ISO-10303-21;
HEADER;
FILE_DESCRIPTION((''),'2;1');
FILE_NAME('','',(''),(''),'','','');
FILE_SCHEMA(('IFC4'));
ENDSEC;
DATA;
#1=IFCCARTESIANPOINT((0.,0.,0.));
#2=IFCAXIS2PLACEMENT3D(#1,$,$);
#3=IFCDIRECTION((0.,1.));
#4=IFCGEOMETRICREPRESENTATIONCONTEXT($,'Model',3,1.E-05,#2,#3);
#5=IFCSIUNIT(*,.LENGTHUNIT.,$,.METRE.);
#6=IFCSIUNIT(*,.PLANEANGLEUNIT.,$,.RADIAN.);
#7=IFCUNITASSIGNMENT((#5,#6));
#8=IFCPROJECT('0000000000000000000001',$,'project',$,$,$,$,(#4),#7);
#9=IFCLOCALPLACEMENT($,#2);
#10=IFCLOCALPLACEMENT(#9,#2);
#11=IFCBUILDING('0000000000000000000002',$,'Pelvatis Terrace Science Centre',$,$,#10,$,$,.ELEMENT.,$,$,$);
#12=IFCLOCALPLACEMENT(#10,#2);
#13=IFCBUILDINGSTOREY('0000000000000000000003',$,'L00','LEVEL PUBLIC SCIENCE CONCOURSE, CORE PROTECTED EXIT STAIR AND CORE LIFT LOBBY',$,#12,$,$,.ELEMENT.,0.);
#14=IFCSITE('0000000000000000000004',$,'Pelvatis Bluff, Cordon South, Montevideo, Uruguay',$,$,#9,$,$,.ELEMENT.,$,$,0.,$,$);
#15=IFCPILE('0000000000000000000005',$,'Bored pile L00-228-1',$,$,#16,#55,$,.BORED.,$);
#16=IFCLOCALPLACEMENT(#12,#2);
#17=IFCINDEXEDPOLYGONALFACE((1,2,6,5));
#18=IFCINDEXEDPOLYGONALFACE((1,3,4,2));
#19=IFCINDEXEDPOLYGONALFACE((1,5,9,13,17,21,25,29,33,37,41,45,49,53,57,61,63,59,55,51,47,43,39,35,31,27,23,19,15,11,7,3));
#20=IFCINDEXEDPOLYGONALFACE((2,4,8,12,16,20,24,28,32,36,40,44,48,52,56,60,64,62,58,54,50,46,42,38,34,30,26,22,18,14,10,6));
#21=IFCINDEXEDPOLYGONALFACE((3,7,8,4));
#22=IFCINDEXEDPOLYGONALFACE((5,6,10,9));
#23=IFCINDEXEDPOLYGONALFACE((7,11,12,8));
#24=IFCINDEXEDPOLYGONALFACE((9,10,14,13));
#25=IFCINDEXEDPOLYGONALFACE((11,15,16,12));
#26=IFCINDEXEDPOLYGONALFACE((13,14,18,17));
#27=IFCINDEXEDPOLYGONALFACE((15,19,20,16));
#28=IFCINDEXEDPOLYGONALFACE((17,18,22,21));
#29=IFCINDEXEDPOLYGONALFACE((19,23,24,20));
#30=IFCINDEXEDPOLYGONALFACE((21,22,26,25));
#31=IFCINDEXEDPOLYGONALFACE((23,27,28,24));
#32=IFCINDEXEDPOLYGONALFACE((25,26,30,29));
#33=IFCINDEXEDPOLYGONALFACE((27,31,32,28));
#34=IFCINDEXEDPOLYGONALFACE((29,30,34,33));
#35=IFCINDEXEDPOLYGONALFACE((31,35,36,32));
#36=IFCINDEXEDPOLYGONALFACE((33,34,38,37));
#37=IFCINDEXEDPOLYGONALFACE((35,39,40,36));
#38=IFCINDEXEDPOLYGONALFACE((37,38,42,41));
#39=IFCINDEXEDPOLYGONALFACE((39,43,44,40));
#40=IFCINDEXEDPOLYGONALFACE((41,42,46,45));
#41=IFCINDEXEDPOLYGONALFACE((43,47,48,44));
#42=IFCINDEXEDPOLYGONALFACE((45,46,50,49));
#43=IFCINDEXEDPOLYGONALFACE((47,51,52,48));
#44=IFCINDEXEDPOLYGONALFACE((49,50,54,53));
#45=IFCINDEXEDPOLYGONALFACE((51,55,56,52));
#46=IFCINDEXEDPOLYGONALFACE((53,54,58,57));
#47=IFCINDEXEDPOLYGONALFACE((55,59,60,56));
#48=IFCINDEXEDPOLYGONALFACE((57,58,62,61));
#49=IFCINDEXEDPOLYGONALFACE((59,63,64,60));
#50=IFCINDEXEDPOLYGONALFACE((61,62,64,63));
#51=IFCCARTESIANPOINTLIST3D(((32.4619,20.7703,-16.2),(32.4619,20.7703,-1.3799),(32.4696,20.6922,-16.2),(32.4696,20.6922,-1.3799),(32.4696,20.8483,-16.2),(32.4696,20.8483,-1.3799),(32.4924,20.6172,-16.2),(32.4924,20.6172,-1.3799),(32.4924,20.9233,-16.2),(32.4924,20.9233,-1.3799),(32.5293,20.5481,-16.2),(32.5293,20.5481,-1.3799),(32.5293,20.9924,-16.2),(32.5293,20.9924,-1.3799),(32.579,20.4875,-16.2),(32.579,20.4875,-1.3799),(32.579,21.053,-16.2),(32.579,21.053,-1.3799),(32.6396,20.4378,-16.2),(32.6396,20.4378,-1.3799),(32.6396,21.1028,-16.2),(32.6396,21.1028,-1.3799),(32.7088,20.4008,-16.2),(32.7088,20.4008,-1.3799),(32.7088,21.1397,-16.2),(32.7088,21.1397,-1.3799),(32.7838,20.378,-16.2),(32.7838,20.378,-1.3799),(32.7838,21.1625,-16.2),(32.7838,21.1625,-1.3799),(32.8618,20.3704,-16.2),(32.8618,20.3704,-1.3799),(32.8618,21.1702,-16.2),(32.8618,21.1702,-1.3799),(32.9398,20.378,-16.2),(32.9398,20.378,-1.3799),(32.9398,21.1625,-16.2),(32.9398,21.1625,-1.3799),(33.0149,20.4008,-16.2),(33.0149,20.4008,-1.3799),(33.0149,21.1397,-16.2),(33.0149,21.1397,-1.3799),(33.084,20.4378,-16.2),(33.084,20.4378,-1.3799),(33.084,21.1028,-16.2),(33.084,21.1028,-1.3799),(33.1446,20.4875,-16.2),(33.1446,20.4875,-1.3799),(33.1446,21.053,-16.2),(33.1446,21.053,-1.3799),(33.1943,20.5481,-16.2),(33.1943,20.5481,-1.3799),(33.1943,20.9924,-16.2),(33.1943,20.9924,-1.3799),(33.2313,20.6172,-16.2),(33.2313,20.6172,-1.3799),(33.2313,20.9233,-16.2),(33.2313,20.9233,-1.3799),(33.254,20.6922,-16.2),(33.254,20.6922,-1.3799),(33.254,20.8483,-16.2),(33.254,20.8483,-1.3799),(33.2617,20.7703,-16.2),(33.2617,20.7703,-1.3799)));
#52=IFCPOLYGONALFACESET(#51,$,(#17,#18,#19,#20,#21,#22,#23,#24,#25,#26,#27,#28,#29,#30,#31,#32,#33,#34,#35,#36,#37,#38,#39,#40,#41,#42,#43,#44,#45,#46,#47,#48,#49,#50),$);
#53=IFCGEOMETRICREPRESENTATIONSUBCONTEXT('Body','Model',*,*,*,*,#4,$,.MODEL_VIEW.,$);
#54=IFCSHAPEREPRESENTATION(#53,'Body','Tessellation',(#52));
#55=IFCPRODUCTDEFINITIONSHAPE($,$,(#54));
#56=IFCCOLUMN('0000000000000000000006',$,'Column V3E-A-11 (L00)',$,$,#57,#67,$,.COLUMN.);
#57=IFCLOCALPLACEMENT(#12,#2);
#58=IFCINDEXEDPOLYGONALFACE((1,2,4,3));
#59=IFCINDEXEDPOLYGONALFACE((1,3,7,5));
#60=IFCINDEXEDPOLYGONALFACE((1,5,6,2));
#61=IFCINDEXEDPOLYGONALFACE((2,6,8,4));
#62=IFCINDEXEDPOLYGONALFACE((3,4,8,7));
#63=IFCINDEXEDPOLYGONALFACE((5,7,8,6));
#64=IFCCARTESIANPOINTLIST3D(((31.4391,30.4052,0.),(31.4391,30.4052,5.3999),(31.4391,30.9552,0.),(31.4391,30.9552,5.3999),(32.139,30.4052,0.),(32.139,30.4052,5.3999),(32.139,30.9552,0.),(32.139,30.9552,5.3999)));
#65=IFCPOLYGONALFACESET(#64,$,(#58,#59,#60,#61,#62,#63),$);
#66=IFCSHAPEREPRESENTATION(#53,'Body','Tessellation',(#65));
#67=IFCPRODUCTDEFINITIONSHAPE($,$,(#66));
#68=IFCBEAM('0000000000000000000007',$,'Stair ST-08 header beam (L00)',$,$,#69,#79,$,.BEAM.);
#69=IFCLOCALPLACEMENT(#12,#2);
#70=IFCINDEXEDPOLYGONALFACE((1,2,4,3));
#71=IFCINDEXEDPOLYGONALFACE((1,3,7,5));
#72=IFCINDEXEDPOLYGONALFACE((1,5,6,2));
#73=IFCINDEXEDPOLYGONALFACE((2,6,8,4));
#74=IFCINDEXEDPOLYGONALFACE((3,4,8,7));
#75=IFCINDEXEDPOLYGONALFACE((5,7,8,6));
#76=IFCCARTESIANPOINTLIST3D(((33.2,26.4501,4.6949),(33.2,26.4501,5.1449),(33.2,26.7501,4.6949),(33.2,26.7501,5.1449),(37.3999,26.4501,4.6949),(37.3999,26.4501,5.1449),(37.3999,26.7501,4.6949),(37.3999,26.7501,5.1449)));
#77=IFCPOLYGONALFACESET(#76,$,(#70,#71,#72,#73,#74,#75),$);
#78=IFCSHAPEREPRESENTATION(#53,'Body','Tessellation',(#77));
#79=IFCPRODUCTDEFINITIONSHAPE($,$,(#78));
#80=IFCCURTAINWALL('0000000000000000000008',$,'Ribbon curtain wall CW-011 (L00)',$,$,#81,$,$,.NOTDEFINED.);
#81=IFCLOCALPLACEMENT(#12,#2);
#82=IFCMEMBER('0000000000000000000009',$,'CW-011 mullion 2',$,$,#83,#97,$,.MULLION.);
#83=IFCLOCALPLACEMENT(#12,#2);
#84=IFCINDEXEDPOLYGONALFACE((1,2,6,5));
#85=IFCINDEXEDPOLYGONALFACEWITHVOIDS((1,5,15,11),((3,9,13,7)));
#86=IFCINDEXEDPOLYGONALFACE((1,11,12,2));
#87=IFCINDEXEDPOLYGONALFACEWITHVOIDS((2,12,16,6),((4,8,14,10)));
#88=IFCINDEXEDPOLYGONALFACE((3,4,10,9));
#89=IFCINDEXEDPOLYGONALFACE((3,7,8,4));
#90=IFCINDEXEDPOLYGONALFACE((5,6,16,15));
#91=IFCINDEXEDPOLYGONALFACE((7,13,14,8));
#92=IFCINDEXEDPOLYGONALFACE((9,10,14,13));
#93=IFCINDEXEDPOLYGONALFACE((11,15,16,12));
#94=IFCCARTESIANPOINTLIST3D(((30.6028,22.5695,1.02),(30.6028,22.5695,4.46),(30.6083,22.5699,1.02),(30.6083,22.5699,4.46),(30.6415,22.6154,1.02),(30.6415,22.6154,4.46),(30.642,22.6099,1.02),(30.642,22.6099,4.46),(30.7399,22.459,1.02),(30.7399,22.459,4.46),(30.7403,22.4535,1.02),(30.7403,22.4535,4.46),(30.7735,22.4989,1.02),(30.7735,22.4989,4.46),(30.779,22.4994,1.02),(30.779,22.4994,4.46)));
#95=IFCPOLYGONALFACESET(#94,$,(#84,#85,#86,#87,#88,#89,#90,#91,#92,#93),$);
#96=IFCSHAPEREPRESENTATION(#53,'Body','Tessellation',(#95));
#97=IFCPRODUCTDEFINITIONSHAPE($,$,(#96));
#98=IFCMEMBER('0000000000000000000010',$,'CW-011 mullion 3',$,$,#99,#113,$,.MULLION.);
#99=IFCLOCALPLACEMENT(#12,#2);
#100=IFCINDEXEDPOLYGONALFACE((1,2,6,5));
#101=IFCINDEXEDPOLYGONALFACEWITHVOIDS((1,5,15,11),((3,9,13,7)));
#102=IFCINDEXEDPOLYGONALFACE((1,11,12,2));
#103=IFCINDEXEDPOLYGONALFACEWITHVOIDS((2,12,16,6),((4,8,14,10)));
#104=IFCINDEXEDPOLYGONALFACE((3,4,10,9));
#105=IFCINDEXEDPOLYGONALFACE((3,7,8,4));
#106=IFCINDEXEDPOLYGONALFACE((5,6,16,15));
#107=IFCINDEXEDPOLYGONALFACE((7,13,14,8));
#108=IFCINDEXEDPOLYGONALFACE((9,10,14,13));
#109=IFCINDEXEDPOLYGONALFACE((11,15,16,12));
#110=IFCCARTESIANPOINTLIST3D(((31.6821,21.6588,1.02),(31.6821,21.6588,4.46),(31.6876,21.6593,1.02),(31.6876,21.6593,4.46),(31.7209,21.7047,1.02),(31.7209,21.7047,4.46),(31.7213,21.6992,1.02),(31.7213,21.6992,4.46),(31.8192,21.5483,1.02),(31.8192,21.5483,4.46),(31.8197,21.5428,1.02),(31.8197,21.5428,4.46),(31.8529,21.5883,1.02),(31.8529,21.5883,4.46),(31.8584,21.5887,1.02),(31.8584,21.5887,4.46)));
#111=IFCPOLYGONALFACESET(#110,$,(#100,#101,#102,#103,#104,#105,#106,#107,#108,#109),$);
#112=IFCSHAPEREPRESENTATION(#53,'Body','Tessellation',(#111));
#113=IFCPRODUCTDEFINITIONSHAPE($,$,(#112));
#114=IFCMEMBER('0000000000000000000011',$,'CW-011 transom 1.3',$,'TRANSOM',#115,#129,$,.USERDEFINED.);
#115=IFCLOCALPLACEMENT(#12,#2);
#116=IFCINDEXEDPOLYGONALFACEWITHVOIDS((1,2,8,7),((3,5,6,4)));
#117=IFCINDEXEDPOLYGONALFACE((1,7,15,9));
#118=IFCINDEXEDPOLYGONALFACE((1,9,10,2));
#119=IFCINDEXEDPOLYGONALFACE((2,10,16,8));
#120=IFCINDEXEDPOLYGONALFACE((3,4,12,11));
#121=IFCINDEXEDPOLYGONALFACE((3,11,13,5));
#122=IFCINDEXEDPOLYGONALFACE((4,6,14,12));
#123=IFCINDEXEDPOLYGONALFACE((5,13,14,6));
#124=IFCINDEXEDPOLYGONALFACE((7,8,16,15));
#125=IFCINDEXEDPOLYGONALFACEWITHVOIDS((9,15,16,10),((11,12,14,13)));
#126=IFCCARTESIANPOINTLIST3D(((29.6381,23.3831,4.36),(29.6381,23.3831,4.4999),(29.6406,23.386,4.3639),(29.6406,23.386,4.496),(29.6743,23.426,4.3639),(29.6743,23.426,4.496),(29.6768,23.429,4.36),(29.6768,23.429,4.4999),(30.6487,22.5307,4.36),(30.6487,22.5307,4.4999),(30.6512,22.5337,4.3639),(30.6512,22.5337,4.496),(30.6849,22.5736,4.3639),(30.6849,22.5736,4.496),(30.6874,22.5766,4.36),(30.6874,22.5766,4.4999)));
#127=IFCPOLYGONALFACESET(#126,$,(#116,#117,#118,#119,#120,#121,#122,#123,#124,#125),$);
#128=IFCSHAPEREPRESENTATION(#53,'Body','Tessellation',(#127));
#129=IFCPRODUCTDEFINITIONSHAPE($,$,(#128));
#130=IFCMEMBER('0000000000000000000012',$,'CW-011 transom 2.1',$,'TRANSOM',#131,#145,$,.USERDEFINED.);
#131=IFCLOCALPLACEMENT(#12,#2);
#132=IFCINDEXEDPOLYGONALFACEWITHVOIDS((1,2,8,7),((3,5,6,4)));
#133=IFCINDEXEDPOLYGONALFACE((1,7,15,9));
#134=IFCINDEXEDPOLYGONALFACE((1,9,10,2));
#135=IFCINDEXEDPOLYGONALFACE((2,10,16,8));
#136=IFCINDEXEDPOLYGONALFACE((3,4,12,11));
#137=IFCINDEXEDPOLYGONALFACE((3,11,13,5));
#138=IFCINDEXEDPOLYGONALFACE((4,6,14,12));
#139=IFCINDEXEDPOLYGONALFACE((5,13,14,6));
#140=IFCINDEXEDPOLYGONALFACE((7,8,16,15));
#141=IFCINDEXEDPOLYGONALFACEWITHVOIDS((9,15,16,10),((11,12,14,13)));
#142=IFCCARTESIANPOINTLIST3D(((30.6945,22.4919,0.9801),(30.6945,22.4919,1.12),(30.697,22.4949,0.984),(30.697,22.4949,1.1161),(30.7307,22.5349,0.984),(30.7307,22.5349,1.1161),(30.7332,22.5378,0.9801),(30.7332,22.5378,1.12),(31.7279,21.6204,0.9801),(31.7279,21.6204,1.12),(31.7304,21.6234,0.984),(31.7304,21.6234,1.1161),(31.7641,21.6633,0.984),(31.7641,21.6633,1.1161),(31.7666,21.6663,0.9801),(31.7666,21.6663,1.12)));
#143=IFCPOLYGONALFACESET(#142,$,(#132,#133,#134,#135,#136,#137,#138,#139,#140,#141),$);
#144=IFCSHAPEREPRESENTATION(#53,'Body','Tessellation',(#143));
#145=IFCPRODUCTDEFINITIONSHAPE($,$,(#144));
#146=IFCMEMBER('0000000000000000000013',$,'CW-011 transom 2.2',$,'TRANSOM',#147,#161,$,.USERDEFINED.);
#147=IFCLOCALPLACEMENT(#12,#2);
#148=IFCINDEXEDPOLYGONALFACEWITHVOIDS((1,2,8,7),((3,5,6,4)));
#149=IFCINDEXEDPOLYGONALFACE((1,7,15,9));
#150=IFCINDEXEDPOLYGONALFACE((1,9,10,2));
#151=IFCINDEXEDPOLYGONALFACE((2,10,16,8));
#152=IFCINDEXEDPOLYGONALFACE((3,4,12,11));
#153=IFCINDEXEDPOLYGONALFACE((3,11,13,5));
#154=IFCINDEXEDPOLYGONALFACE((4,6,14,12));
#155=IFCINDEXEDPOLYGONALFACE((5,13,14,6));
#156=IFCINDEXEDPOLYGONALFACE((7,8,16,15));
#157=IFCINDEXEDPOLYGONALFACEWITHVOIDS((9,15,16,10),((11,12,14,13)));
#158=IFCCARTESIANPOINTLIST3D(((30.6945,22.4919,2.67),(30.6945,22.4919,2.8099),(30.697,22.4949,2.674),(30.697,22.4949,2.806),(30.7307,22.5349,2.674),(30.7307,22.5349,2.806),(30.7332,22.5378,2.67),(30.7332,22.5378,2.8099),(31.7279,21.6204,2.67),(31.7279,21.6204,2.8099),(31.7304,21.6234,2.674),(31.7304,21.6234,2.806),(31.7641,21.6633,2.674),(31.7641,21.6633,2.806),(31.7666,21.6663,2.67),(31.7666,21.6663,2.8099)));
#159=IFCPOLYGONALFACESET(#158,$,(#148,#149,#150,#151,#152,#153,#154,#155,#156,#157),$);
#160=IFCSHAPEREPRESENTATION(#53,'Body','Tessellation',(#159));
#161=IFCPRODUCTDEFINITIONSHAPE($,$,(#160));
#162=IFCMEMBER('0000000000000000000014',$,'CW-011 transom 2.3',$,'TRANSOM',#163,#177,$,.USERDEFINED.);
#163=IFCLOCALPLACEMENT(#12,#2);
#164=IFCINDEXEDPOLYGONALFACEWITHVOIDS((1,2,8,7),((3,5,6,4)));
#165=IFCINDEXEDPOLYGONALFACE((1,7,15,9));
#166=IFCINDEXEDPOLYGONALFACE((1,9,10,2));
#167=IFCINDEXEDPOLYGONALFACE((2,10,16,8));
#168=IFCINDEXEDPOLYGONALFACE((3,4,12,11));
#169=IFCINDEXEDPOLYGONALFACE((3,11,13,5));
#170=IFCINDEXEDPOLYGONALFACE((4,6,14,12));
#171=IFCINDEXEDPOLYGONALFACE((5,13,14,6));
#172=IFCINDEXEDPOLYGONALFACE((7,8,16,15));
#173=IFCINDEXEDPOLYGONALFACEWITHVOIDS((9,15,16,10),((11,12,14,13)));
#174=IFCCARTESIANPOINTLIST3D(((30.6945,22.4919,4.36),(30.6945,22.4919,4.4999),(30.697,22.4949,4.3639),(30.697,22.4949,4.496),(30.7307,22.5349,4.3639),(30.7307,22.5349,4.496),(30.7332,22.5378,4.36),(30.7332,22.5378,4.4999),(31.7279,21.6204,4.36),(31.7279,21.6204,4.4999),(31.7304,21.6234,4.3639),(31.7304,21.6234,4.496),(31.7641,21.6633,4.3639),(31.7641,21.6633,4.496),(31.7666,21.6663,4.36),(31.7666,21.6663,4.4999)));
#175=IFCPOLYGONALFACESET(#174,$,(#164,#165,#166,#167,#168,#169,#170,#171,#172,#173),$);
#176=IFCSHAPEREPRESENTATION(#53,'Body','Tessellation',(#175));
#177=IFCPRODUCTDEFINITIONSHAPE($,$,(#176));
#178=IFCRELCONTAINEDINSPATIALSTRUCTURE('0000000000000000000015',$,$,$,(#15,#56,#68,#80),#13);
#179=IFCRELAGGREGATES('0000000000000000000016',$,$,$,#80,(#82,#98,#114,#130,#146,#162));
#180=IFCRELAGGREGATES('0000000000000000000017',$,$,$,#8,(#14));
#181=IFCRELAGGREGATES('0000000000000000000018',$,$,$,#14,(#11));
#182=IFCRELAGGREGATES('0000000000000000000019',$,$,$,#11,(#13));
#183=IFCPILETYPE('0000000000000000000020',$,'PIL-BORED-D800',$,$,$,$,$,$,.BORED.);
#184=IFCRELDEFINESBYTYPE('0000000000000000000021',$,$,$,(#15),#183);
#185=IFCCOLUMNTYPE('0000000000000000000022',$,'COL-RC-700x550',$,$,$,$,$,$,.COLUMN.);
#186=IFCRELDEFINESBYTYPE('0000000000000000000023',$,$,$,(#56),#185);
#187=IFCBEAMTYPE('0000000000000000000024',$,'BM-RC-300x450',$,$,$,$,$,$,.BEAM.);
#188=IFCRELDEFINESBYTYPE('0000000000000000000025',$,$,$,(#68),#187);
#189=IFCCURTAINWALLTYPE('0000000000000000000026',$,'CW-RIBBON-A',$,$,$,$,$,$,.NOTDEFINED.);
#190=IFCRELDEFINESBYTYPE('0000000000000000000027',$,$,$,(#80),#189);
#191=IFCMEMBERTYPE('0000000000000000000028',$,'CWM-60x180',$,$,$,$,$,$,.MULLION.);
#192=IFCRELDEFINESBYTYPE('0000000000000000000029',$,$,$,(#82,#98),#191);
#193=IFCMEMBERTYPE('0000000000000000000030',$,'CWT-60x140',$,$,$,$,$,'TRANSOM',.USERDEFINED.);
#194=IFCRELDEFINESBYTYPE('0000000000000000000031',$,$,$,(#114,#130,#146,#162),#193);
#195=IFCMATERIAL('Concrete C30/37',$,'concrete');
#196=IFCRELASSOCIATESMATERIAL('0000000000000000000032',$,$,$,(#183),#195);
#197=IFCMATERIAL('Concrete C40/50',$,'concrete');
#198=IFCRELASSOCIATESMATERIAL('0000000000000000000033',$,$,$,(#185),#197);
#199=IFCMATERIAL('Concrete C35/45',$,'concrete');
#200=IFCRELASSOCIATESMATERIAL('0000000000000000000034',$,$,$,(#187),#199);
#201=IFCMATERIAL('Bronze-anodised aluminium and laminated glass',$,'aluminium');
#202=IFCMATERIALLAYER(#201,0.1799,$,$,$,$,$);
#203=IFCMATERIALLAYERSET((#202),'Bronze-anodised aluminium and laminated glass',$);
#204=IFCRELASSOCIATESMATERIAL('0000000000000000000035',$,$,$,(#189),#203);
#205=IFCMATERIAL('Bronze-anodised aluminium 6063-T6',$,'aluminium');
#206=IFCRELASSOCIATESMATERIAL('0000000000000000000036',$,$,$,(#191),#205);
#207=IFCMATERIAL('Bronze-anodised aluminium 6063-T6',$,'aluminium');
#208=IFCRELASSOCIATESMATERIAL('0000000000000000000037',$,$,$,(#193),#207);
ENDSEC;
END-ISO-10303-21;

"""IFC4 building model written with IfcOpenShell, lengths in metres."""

from ifc_helpers import new_model, si_unit, direction, frame, origin, origin_2d, place, context, subcontext, project, spatial, rectangle, hollow_rectangle, circle, extrude, material, layer, layer_set, material_profile, profile_set, type_object, element, aggregate, save


model = new_model("IFC4")

# Units and contexts
model_context = context("Model", 3, precision=1e-05, world=origin(), true_north=direction((0.0, 1.0)))
body_context = subcontext(model_context, "Body", "Model", "MODEL_VIEW")
ifc_project = project(units=[si_unit("LENGTHUNIT", "METRE"), si_unit("PLANEANGLEUNIT", "RADIAN")], contexts=[model_context])

# Site, building, storey
site_placement = place(None, origin())
site = spatial("IfcSite", under=ifc_project, at=site_placement, Name="Pelvatis Bluff, Cordon South, Montevideo, Uruguay", CompositionType="ELEMENT", RefElevation=0.0)
building_placement = place(site_placement, origin())
building = spatial("IfcBuilding", under=site, at=building_placement, Name="Pelvatis Terrace Science Centre", CompositionType="ELEMENT")
storey_placement = place(building_placement, origin())
storey = spatial("IfcBuildingStorey", under=building, at=storey_placement, Name="L00", Description="LEVEL PUBLIC SCIENCE CONCOURSE, CORE PROTECTED EXIT STAIR AND CORE LIFT LOBBY", CompositionType="ELEMENT", Elevation=0.0)

# Pile
ifc_material_1 = material(Name="Concrete C30/37", Category="concrete")
ifc_material_profile_1 = material_profile(ifc_material_1, circle(Radius=0.3999, at=origin_2d()), Name="PILE D800")
ifc_profile_set_1 = profile_set([ifc_material_profile_1], Name="Concrete C30/37")
pile_type = type_object("IfcPileType", Name="PIL-BORED-D800", PredefinedType="BORED", material=ifc_profile_set_1)
pile_placement = place(storey_placement, frame((32.8618, 20.7703, -1.3799), z_axis=(0.0, 0.0, -1.0), x_axis=(1.0, 0.0, 0.0)))
element("IfcPile", 1, at=pile_placement, inside=storey, type_object=pile_type, Name="Bored pile L00-228-1", PredefinedType="BORED", context=body_context, shape_type="SweptSolid", body=[
    extrude(circle(Radius=0.3999, at=origin_2d()), origin(), (0.0, 0.0, 1.0), 14.8201),
])

# Column
ifc_material_2 = material(Name="Concrete C40/50", Category="concrete")
ifc_material_profile_2 = material_profile(ifc_material_2, rectangle(XDim=0.7, YDim=0.55, at=origin_2d()), Name="RC-COL 700x550")
ifc_profile_set_2 = profile_set([ifc_material_profile_2], Name="Concrete C40/50")
column_type = type_object("IfcColumnType", Name="COL-RC-700x550", PredefinedType="COLUMN", material=ifc_profile_set_2)
column_placement = place(storey_placement, frame((31.7891, 30.6802, 0.0), z_axis=(0.0, 0.0, 1.0), x_axis=(1.0, 0.0, 0.0)))
element("IfcColumn", 2, at=column_placement, inside=storey, type_object=column_type, Name="Column V3E-A-11 (L00)", PredefinedType="COLUMN", context=body_context, shape_type="SweptSolid", body=[
    extrude(rectangle(XDim=0.7, YDim=0.55, at=origin_2d()), origin(), (0.0, 0.0, 1.0), 5.3999),
])

# Beam
ifc_material_3 = material(Name="Concrete C35/45", Category="concrete")
ifc_material_profile_3 = material_profile(ifc_material_3, rectangle(XDim=0.3, YDim=0.45, at=origin_2d()), Name="RC-BM 300x450")
ifc_profile_set_3 = profile_set([ifc_material_profile_3], Name="Concrete C35/45")
beam_type_1 = type_object("IfcBeamType", Name="BM-RC-300x450", PredefinedType="BEAM", material=ifc_profile_set_3)
beam_1_placement = place(storey_placement, frame((33.2, 26.6001, 4.9199), z_axis=(1.0, 0.0, 0.0), x_axis=(0.0, 1.0, 0.0)))
element("IfcBeam", 3, at=beam_1_placement, inside=storey, type_object=beam_type_1, Name="Stair ST-08 header beam (L00)", PredefinedType="BEAM", context=body_context, shape_type="SweptSolid", body=[
    extrude(rectangle(XDim=0.3, YDim=0.45, at=origin_2d()), origin(), (0.0, 0.0, 1.0), 4.2),
])

# Curtain wall, members
ifc_material_4 = material(Name="Bronze-anodised aluminium and laminated glass", Category="aluminium")
ifc_layer_1 = layer(ifc_material_4, 0.1799)
ifc_layer_set_1 = layer_set([ifc_layer_1], Name="Bronze-anodised aluminium and laminated glass")
curtain_wall_type = type_object("IfcCurtainWallType", Name="CW-RIBBON-A", PredefinedType="NOTDEFINED", material=ifc_layer_set_1)
curtain_wall_placement = place(storey_placement, origin())
curtain_wall = element("IfcCurtainWall", 4, at=curtain_wall_placement, inside=storey, type_object=curtain_wall_type, Name="Ribbon curtain wall CW-011 (L00)", PredefinedType="NOTDEFINED")
ifc_material_5 = material(Name="Bronze-anodised aluminium 6063-T6", Category="aluminium")
ifc_material_profile_4 = material_profile(ifc_material_5, hollow_rectangle(XDim=0.0601, YDim=0.1799, WallThickness=0.0039, at=origin_2d()), Name="ALU-MUL 60x180")
ifc_profile_set_4 = profile_set([ifc_material_profile_4], Name="Bronze-anodised aluminium 6063-T6")
member_type_1 = type_object("IfcMemberType", Name="CWM-60x180", PredefinedType="MULLION", material=ifc_profile_set_4)
member_1_placement = place(storey_placement, frame((30.6909, 22.5344, 1.02), z_axis=(0.0, 0.0, 1.0), x_axis=(0.644768, 0.764378, 0.0)))
member_1 = element("IfcMember", 5, at=member_1_placement, type_object=member_type_1, Name="CW-011 mullion 2", PredefinedType="MULLION", context=body_context, shape_type="SweptSolid", body=[
    extrude(hollow_rectangle(XDim=0.0601, YDim=0.1799, WallThickness=0.0039, at=origin_2d()), origin(), (0.0, 0.0, 1.0), 3.4399),
])
member_2_placement = place(storey_placement, frame((31.7703, 21.6238, 1.02), z_axis=(0.0, 0.0, 1.0), x_axis=(0.644768, 0.764378, 0.0)))
member_2 = element("IfcMember", 6, at=member_2_placement, type_object=member_type_1, Name="CW-011 mullion 3", PredefinedType="MULLION", context=body_context, shape_type="SweptSolid", body=[
    extrude(hollow_rectangle(XDim=0.0601, YDim=0.1799, WallThickness=0.0039, at=origin_2d()), origin(), (0.0, 0.0, 1.0), 3.4399),
])
ifc_material_6 = material(Name="Bronze-anodised aluminium 6063-T6", Category="aluminium")
ifc_material_profile_5 = material_profile(ifc_material_6, hollow_rectangle(XDim=0.0601, YDim=0.1399, WallThickness=0.0039, at=origin_2d()), Name="ALU-TRN 60x140")
ifc_profile_set_5 = profile_set([ifc_material_profile_5], Name="Bronze-anodised aluminium 6063-T6")
member_type_2 = type_object("IfcMemberType", Name="CWT-60x140", ElementType="TRANSOM", PredefinedType="USERDEFINED", material=ifc_profile_set_5)
member_3_placement = place(storey_placement, frame((29.6575, 23.406, 4.4299), z_axis=(0.764408, -0.644733, 0.0), x_axis=(0.644733, 0.764408, 0.0)))
member_3 = element("IfcMember", 7, at=member_3_placement, type_object=member_type_2, Name="CW-011 transom 1.3", ObjectType="TRANSOM", PredefinedType="USERDEFINED", context=body_context, shape_type="SweptSolid", body=[
    extrude(hollow_rectangle(XDim=0.0601, YDim=0.1399, WallThickness=0.0039, at=origin_2d()), origin(), (0.0, 0.0, 1.0), 1.322),
])
member_4_placement = place(storey_placement, frame((30.7139, 22.5149, 1.05), z_axis=(0.764433, -0.644703, 0.0), x_axis=(0.644703, 0.764433, 0.0)))
member_4 = element("IfcMember", 8, at=member_4_placement, type_object=member_type_2, Name="CW-011 transom 2.1", ObjectType="TRANSOM", PredefinedType="USERDEFINED", context=body_context, shape_type="SweptSolid", body=[
    extrude(hollow_rectangle(XDim=0.0601, YDim=0.1399, WallThickness=0.0039, at=origin_2d()), origin(), (0.0, 0.0, 1.0), 1.3518),
])
member_5_placement = place(storey_placement, frame((30.7139, 22.5149, 2.74), z_axis=(0.764433, -0.644703, 0.0), x_axis=(0.644703, 0.764433, 0.0)))
member_5 = element("IfcMember", 9, at=member_5_placement, type_object=member_type_2, Name="CW-011 transom 2.2", ObjectType="TRANSOM", PredefinedType="USERDEFINED", context=body_context, shape_type="SweptSolid", body=[
    extrude(hollow_rectangle(XDim=0.0601, YDim=0.1399, WallThickness=0.0039, at=origin_2d()), origin(), (0.0, 0.0, 1.0), 1.3518),
])
member_6_placement = place(storey_placement, frame((30.7139, 22.5149, 4.4299), z_axis=(0.764433, -0.644703, 0.0), x_axis=(0.644703, 0.764433, 0.0)))
member_6 = element("IfcMember", 10, at=member_6_placement, type_object=member_type_2, Name="CW-011 transom 2.3", ObjectType="TRANSOM", PredefinedType="USERDEFINED", context=body_context, shape_type="SweptSolid", body=[
    extrude(hollow_rectangle(XDim=0.0601, YDim=0.1399, WallThickness=0.0039, at=origin_2d()), origin(), (0.0, 0.0, 1.0), 1.3518),
])

aggregate(curtain_wall, [member_1, member_2, member_3, member_4, member_5, member_6])

save(model, "model.ifc")
